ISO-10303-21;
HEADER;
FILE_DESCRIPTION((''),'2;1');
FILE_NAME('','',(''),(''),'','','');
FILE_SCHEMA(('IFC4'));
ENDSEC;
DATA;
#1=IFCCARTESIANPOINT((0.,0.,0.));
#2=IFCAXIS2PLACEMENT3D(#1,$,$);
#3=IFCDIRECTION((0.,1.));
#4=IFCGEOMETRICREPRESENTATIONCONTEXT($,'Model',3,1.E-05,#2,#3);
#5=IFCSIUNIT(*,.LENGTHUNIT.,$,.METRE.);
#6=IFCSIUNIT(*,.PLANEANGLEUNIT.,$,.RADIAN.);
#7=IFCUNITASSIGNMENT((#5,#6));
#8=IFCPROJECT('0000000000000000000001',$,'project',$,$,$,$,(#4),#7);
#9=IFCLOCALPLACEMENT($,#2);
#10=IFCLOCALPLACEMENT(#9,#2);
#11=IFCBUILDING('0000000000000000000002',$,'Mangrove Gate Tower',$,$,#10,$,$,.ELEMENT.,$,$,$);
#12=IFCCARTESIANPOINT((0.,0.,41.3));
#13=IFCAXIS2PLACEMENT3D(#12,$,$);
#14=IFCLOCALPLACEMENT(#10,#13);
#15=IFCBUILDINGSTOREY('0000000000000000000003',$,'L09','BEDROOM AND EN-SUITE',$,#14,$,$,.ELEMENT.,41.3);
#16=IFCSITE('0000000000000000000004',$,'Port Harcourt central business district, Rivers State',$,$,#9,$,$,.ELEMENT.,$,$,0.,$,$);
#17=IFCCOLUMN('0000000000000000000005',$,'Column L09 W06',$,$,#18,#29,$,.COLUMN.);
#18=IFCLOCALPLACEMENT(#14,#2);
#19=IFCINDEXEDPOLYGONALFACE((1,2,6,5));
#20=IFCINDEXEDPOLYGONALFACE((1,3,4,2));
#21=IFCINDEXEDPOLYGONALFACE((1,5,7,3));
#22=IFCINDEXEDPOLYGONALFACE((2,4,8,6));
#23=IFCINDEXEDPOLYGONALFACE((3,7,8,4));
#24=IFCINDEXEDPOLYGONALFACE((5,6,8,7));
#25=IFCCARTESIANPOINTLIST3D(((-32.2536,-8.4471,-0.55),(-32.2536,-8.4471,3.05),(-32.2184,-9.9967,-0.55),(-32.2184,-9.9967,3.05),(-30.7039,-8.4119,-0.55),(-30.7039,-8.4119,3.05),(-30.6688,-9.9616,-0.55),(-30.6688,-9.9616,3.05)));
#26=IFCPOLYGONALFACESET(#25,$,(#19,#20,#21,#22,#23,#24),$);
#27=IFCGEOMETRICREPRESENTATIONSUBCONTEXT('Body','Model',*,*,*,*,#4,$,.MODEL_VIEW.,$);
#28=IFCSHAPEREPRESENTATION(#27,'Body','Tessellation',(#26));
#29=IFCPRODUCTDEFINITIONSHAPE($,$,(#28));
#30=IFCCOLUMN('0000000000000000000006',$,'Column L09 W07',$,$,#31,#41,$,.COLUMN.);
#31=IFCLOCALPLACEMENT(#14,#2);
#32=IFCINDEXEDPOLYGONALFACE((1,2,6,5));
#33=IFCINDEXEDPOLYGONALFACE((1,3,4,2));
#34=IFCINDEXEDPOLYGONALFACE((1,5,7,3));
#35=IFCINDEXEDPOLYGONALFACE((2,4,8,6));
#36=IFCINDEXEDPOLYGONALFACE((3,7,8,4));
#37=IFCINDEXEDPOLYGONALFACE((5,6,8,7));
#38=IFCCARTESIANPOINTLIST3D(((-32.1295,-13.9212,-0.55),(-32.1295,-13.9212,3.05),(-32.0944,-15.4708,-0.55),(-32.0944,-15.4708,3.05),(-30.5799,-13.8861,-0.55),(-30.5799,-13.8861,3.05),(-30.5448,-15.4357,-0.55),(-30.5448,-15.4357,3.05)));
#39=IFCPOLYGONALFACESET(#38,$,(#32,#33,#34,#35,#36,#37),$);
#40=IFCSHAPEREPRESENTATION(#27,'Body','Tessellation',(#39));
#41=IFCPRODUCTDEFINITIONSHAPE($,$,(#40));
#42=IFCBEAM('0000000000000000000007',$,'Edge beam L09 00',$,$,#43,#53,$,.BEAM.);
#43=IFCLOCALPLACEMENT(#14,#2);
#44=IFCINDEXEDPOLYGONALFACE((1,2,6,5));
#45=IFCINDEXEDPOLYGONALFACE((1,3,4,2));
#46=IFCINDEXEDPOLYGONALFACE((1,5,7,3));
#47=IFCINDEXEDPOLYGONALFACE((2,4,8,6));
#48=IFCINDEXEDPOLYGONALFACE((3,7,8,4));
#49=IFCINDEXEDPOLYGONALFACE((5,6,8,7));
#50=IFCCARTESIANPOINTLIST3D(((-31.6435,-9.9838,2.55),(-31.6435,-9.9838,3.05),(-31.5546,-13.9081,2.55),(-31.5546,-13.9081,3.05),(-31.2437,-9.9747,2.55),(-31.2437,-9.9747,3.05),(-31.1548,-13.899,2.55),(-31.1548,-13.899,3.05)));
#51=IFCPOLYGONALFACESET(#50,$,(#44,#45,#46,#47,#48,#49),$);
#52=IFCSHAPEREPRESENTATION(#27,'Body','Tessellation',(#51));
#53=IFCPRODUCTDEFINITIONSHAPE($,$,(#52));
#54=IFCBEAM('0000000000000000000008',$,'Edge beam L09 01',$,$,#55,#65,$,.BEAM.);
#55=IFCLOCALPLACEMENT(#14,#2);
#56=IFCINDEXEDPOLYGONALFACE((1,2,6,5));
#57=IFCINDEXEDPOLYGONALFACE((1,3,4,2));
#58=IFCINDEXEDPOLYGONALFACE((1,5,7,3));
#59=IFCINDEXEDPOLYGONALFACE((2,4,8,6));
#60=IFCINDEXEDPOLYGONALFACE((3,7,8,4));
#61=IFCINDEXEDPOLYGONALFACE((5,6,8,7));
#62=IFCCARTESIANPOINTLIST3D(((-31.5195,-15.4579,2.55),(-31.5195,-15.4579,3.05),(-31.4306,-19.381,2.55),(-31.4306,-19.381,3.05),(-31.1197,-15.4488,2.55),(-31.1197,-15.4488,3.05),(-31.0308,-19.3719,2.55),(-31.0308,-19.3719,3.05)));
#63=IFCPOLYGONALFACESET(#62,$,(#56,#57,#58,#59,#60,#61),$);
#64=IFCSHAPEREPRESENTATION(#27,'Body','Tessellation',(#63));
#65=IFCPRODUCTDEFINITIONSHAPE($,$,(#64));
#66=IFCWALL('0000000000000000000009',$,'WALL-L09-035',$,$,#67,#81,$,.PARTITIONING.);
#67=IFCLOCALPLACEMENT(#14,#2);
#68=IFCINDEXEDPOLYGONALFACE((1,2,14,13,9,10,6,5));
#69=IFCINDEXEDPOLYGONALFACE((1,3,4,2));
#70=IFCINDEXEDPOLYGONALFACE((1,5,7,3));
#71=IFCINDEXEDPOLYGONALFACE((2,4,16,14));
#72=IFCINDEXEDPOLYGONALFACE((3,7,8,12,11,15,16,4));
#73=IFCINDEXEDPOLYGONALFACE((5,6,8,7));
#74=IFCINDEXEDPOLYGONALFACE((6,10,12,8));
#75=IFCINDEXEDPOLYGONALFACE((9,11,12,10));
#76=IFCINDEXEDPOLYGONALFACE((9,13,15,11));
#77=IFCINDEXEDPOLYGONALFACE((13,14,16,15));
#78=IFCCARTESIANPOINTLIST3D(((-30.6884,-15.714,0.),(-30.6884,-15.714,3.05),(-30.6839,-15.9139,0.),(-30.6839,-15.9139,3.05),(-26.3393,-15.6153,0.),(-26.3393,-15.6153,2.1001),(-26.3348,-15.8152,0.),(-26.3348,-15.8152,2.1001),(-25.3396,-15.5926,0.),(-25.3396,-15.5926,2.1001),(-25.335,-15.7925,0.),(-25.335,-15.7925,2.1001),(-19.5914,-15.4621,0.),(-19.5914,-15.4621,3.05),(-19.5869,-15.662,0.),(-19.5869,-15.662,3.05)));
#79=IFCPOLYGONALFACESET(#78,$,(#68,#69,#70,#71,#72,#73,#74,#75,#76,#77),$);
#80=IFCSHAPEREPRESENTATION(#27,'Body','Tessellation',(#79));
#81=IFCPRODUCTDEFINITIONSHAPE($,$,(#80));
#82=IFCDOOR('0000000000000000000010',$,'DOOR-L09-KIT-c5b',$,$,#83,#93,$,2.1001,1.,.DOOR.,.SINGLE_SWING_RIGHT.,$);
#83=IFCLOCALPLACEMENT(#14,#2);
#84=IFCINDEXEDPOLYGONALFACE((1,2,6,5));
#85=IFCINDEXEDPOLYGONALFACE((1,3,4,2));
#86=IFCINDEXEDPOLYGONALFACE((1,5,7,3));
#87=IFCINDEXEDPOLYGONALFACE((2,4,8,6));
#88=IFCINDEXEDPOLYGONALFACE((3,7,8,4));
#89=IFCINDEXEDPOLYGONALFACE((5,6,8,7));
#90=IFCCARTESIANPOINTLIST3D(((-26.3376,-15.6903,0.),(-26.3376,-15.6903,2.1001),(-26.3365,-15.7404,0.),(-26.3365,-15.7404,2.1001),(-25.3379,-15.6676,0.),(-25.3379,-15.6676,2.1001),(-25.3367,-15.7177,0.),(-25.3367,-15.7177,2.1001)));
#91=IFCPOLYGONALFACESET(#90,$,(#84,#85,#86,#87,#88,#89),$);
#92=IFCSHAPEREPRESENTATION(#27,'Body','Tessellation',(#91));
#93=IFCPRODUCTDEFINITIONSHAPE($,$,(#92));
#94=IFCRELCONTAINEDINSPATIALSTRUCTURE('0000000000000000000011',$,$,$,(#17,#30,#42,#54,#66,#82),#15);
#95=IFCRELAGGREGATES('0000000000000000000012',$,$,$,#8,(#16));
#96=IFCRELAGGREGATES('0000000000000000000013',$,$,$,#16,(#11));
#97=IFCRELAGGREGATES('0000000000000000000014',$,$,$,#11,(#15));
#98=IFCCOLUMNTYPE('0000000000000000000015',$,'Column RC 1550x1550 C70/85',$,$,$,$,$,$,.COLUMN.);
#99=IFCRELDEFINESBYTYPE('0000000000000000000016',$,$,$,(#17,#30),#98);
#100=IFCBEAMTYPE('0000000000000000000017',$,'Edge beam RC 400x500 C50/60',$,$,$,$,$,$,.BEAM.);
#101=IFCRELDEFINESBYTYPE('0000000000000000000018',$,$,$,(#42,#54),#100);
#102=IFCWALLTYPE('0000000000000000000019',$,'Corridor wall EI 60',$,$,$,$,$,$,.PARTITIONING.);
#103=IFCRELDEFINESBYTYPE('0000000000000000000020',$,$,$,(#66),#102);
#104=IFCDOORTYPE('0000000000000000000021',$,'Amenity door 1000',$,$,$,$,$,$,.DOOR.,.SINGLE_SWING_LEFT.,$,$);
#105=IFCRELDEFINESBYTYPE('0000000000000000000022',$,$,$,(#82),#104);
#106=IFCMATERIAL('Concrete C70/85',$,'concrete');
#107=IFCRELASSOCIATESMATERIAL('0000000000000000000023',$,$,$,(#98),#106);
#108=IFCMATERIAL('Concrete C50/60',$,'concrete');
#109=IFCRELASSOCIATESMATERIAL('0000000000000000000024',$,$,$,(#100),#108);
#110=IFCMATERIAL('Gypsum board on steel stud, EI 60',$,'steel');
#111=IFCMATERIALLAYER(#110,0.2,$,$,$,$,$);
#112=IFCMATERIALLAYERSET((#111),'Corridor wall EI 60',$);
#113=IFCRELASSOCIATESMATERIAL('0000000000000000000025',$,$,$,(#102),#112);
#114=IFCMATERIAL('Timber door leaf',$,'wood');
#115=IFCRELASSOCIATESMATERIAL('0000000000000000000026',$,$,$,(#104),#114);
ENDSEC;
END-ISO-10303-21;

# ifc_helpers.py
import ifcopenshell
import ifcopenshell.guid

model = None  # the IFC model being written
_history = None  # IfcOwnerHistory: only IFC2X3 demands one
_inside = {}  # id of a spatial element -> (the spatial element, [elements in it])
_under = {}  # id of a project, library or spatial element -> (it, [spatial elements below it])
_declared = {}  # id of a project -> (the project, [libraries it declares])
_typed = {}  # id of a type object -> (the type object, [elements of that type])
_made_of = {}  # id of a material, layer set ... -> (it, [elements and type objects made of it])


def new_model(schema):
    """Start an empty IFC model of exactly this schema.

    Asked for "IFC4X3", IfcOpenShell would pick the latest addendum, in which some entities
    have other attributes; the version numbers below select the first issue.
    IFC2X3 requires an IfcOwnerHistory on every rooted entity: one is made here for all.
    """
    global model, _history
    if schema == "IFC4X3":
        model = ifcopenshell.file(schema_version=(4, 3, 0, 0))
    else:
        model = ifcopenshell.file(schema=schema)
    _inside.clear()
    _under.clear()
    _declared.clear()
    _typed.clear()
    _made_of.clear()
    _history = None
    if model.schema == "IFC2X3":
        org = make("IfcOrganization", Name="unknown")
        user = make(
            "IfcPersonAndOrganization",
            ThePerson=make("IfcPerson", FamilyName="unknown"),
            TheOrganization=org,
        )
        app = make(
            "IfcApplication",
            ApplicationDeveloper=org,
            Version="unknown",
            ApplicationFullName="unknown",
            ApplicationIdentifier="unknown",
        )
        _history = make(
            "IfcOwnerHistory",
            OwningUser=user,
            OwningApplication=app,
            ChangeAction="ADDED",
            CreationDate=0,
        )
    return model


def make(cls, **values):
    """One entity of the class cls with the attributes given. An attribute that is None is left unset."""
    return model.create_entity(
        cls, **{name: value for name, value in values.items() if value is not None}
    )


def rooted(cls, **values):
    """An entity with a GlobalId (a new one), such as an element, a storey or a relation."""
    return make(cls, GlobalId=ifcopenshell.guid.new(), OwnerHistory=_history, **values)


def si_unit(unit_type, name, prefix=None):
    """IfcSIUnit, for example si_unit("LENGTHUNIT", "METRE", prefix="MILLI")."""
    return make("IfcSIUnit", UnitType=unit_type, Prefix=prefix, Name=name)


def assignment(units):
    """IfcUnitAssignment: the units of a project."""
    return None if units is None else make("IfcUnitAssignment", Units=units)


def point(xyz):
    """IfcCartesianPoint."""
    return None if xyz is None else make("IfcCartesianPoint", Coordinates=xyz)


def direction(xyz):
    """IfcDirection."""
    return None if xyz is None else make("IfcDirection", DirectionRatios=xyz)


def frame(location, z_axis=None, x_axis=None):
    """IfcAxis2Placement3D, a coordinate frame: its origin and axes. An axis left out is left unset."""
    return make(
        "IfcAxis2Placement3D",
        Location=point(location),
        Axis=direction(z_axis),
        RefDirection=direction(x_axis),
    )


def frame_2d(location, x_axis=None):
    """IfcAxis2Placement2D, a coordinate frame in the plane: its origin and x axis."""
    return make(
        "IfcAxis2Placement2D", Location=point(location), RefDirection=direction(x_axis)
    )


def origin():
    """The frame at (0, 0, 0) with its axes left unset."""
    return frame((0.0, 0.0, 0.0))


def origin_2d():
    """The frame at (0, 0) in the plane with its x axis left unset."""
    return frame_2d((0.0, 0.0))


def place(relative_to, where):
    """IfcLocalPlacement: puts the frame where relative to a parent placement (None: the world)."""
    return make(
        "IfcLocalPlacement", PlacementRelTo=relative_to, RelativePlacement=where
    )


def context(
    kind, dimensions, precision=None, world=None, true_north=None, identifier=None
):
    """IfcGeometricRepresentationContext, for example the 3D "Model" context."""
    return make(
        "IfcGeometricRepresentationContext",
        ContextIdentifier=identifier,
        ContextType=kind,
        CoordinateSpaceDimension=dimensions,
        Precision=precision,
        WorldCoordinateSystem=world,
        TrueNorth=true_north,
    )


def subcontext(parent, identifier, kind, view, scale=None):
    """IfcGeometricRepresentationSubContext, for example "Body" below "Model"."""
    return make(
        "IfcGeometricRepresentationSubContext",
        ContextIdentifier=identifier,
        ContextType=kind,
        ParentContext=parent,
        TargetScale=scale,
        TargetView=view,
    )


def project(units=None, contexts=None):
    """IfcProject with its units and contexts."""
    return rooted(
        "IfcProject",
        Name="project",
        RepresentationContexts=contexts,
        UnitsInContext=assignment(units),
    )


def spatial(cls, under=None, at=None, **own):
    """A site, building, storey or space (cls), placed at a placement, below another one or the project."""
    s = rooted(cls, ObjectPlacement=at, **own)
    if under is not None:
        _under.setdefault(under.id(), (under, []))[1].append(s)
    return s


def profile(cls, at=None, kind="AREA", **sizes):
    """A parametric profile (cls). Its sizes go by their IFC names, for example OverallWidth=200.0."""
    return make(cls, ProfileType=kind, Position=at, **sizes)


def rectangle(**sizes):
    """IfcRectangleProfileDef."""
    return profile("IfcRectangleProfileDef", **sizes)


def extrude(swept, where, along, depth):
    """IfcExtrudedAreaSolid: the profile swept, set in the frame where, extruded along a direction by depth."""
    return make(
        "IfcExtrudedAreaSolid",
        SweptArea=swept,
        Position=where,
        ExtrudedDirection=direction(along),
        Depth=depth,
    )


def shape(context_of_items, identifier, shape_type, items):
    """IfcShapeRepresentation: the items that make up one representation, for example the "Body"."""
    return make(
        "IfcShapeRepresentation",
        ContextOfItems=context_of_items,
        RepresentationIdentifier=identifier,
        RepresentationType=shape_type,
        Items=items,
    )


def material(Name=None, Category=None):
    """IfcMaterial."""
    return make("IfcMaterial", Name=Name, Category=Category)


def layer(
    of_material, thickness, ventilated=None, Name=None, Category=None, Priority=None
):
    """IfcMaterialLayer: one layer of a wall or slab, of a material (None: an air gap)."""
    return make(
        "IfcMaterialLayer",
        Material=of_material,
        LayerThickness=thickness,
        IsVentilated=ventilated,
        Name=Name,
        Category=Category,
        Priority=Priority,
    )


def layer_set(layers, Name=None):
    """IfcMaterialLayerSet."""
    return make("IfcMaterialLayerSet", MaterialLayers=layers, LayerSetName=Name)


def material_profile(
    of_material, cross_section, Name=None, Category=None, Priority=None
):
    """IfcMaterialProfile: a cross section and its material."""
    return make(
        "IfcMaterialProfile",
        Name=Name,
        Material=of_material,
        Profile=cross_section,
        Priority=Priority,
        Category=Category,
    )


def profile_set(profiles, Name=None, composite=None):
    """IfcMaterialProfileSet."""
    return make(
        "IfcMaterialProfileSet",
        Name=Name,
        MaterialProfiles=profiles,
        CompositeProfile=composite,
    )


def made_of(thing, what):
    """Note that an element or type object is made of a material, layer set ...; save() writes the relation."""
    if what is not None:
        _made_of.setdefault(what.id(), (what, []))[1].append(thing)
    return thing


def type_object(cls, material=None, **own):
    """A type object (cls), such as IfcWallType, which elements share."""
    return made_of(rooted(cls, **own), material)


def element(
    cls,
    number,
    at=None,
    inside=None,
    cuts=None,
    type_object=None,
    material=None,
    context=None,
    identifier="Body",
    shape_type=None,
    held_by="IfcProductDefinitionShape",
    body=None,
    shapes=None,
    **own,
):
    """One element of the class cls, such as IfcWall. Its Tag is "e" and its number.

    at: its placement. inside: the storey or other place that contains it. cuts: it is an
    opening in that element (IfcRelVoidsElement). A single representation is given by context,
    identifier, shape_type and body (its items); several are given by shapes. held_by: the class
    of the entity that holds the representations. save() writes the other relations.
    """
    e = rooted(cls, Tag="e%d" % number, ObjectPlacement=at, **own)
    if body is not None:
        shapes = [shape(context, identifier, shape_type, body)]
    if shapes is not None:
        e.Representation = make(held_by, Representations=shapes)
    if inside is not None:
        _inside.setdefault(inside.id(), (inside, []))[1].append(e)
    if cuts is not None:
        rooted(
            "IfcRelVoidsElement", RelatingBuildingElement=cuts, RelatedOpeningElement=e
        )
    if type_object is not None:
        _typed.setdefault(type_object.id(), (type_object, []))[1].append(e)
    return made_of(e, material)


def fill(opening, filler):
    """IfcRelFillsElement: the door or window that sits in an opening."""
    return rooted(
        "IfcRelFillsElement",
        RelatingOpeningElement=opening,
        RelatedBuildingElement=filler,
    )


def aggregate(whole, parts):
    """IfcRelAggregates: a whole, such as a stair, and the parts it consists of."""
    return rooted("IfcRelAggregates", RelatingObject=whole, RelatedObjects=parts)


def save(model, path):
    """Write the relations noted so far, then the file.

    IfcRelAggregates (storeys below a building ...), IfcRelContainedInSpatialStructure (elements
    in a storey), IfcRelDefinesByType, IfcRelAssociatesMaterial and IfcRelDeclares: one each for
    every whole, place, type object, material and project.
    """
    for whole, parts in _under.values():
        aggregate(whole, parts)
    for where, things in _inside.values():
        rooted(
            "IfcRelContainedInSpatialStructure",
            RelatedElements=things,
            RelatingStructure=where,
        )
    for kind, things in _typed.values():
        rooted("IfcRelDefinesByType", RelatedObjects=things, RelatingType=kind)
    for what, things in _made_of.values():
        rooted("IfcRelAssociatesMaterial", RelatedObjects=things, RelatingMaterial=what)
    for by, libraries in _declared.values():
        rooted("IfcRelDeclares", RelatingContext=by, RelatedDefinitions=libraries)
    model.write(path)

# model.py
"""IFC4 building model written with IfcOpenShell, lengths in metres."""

from ifc_helpers import new_model, si_unit, direction, frame, frame_2d, origin, origin_2d, place, context, subcontext, project, spatial, rectangle, extrude, material, layer, layer_set, material_profile, profile_set, type_object, element, fill, save


model = new_model("IFC4")

# Units and contexts
model_context = context("Model", 3, precision=1e-05, world=origin(), true_north=direction((0.0, 1.0)))
body_context = subcontext(model_context, "Body", "Model", "MODEL_VIEW")
ifc_project = project(units=[si_unit("LENGTHUNIT", "METRE"), si_unit("PLANEANGLEUNIT", "RADIAN")], contexts=[model_context])

# Site, building, storey
site_placement = place(None, origin())
site = spatial("IfcSite", under=ifc_project, at=site_placement, Name="Port Harcourt central business district, Rivers State", CompositionType="ELEMENT", RefElevation=0.0)
building_placement = place(site_placement, origin())
building = spatial("IfcBuilding", under=site, at=building_placement, Name="Mangrove Gate Tower", CompositionType="ELEMENT")
storey_placement = place(building_placement, frame((0.0, 0.0, 41.3)))
storey = spatial("IfcBuildingStorey", under=building, at=storey_placement, Name="L09", Description="BEDROOM AND EN-SUITE", CompositionType="ELEMENT", Elevation=41.3)

# Columns
ifc_material_1 = material(Name="Concrete C70/85", Category="concrete")
ifc_material_profile_1 = material_profile(ifc_material_1, rectangle(XDim=1.55, YDim=1.55, at=origin_2d()))
ifc_profile_set_1 = profile_set([ifc_material_profile_1], Name="Concrete C70/85")
column_type = type_object("IfcColumnType", Name="Column RC 1550x1550 C70/85", PredefinedType="COLUMN", material=ifc_profile_set_1)
for number, where, z_axis, x_axis, name in (
    (1, (-31.4612, -9.2043, -0.55), (0.0, 0.0, 1.0), (0.022678, -0.999743, 0.0), "Column L09 W06"),
    (2, (-31.3372, -14.6785, -0.55), (0.0, 0.0, 1.0), (0.022649, -0.999743, 0.0), "Column L09 W07"),
):
    element("IfcColumn", number, at=place(storey_placement, frame(where, z_axis=z_axis, x_axis=x_axis)), inside=storey, type_object=column_type, Name=name, PredefinedType="COLUMN", context=body_context, shape_type="SweptSolid", body=[
        extrude(rectangle(XDim=1.55, YDim=1.55, at=origin_2d()), origin(), (0.0, 0.0, 1.0), 3.6001),
    ])

# Beams
ifc_material_2 = material(Name="Concrete C50/60", Category="concrete")
ifc_material_profile_2 = material_profile(ifc_material_2, rectangle(XDim=0.3999, YDim=0.5, at=origin_2d()))
ifc_profile_set_2 = profile_set([ifc_material_profile_2], Name="Concrete C50/60")
beam_type = type_object("IfcBeamType", Name="Edge beam RC 400x500 C50/60", PredefinedType="BEAM", material=ifc_profile_set_2)
beam_1_placement = place(storey_placement, frame((-31.4436, -9.9792, 2.8), z_axis=(0.022639, -0.999744, 0.0), x_axis=(0.999744, 0.022639, 0.0)))
element("IfcBeam", 3, at=beam_1_placement, inside=storey, type_object=beam_type, Name="Edge beam L09 00", PredefinedType="BEAM", context=body_context, shape_type="SweptSolid", body=[
    extrude(rectangle(XDim=0.3999, YDim=0.5, at=origin_2d()), origin(), (0.0, 0.0, 1.0), 3.9253),
])
beam_2_placement = place(storey_placement, frame((-31.3196, -15.4534, 2.8), z_axis=(0.022647, -0.999744, 0.0), x_axis=(0.999744, 0.022647, 0.0)))
element("IfcBeam", 4, at=beam_2_placement, inside=storey, type_object=beam_type, Name="Edge beam L09 01", PredefinedType="BEAM", context=body_context, shape_type="SweptSolid", body=[
    extrude(rectangle(XDim=0.3999, YDim=0.5, at=origin_2d()), origin(), (0.0, 0.0, 1.0), 3.9241),
])

# Wall, opening, door
ifc_material_3 = material(Name="Gypsum board on steel stud, EI 60", Category="steel")
ifc_layer = layer(ifc_material_3, 0.2)
ifc_layer_set = layer_set([ifc_layer], Name="Corridor wall EI 60")
wall_type = type_object("IfcWallType", Name="Corridor wall EI 60", PredefinedType="PARTITIONING", material=ifc_layer_set)
wall_placement = place(storey_placement, frame((-30.686, -15.814, 0.0), z_axis=(0.0, 0.0, 1.0), x_axis=(0.999742, 0.022699, 0.0)))
wall = element("IfcWall", 5, at=wall_placement, inside=storey, type_object=wall_type, Name="WALL-L09-035", PredefinedType="PARTITIONING", context=body_context, shape_type="SweptSolid", body=[
    extrude(rectangle(XDim=11.0999, YDim=0.2, at=frame_2d((5.5498, 0.0))), origin(), (0.0, 0.0, 1.0), 3.05),
])
opening_placement = place(wall_placement, frame((4.3501, 0.0, 0.0)))
opening = element("IfcOpeningElement", 6, at=opening_placement, cuts=wall, PredefinedType="OPENING", context=body_context, shape_type="SweptSolid", body=[
    extrude(rectangle(XDim=1.0, YDim=2.1001, at=frame_2d((0.5, 1.05))), frame((0.0, 0.1099, 0.0), z_axis=(0.0, -1.0, 0.0), x_axis=(1.0, 0.0, 0.0)), (0.0, 0.0, 1.0), 0.22),
])
ifc_material_4 = material(Name="Timber door leaf", Category="wood")
door_type = type_object("IfcDoorType", Name="Amenity door 1000", OperationType="SINGLE_SWING_LEFT", PredefinedType="DOOR", material=ifc_material_4)
door_placement = place(opening_placement, origin())
door = element("IfcDoor", 7, at=door_placement, inside=storey, type_object=door_type, Name="DOOR-L09-KIT-c5b", OperationType="SINGLE_SWING_RIGHT", OverallHeight=2.1001, OverallWidth=1.0, PredefinedType="DOOR", context=body_context, shape_type="SweptSolid", body=[
    extrude(rectangle(XDim=1.0, YDim=2.1001, at=frame_2d((0.5, 1.05))), frame((0.0, 0.0249, 0.0), z_axis=(0.0, -1.0, 0.0), x_axis=(1.0, 0.0, 0.0)), (0.0, 0.0, 1.0), 0.05),
])
fill(opening, door)

save(model, "model.ifc")
